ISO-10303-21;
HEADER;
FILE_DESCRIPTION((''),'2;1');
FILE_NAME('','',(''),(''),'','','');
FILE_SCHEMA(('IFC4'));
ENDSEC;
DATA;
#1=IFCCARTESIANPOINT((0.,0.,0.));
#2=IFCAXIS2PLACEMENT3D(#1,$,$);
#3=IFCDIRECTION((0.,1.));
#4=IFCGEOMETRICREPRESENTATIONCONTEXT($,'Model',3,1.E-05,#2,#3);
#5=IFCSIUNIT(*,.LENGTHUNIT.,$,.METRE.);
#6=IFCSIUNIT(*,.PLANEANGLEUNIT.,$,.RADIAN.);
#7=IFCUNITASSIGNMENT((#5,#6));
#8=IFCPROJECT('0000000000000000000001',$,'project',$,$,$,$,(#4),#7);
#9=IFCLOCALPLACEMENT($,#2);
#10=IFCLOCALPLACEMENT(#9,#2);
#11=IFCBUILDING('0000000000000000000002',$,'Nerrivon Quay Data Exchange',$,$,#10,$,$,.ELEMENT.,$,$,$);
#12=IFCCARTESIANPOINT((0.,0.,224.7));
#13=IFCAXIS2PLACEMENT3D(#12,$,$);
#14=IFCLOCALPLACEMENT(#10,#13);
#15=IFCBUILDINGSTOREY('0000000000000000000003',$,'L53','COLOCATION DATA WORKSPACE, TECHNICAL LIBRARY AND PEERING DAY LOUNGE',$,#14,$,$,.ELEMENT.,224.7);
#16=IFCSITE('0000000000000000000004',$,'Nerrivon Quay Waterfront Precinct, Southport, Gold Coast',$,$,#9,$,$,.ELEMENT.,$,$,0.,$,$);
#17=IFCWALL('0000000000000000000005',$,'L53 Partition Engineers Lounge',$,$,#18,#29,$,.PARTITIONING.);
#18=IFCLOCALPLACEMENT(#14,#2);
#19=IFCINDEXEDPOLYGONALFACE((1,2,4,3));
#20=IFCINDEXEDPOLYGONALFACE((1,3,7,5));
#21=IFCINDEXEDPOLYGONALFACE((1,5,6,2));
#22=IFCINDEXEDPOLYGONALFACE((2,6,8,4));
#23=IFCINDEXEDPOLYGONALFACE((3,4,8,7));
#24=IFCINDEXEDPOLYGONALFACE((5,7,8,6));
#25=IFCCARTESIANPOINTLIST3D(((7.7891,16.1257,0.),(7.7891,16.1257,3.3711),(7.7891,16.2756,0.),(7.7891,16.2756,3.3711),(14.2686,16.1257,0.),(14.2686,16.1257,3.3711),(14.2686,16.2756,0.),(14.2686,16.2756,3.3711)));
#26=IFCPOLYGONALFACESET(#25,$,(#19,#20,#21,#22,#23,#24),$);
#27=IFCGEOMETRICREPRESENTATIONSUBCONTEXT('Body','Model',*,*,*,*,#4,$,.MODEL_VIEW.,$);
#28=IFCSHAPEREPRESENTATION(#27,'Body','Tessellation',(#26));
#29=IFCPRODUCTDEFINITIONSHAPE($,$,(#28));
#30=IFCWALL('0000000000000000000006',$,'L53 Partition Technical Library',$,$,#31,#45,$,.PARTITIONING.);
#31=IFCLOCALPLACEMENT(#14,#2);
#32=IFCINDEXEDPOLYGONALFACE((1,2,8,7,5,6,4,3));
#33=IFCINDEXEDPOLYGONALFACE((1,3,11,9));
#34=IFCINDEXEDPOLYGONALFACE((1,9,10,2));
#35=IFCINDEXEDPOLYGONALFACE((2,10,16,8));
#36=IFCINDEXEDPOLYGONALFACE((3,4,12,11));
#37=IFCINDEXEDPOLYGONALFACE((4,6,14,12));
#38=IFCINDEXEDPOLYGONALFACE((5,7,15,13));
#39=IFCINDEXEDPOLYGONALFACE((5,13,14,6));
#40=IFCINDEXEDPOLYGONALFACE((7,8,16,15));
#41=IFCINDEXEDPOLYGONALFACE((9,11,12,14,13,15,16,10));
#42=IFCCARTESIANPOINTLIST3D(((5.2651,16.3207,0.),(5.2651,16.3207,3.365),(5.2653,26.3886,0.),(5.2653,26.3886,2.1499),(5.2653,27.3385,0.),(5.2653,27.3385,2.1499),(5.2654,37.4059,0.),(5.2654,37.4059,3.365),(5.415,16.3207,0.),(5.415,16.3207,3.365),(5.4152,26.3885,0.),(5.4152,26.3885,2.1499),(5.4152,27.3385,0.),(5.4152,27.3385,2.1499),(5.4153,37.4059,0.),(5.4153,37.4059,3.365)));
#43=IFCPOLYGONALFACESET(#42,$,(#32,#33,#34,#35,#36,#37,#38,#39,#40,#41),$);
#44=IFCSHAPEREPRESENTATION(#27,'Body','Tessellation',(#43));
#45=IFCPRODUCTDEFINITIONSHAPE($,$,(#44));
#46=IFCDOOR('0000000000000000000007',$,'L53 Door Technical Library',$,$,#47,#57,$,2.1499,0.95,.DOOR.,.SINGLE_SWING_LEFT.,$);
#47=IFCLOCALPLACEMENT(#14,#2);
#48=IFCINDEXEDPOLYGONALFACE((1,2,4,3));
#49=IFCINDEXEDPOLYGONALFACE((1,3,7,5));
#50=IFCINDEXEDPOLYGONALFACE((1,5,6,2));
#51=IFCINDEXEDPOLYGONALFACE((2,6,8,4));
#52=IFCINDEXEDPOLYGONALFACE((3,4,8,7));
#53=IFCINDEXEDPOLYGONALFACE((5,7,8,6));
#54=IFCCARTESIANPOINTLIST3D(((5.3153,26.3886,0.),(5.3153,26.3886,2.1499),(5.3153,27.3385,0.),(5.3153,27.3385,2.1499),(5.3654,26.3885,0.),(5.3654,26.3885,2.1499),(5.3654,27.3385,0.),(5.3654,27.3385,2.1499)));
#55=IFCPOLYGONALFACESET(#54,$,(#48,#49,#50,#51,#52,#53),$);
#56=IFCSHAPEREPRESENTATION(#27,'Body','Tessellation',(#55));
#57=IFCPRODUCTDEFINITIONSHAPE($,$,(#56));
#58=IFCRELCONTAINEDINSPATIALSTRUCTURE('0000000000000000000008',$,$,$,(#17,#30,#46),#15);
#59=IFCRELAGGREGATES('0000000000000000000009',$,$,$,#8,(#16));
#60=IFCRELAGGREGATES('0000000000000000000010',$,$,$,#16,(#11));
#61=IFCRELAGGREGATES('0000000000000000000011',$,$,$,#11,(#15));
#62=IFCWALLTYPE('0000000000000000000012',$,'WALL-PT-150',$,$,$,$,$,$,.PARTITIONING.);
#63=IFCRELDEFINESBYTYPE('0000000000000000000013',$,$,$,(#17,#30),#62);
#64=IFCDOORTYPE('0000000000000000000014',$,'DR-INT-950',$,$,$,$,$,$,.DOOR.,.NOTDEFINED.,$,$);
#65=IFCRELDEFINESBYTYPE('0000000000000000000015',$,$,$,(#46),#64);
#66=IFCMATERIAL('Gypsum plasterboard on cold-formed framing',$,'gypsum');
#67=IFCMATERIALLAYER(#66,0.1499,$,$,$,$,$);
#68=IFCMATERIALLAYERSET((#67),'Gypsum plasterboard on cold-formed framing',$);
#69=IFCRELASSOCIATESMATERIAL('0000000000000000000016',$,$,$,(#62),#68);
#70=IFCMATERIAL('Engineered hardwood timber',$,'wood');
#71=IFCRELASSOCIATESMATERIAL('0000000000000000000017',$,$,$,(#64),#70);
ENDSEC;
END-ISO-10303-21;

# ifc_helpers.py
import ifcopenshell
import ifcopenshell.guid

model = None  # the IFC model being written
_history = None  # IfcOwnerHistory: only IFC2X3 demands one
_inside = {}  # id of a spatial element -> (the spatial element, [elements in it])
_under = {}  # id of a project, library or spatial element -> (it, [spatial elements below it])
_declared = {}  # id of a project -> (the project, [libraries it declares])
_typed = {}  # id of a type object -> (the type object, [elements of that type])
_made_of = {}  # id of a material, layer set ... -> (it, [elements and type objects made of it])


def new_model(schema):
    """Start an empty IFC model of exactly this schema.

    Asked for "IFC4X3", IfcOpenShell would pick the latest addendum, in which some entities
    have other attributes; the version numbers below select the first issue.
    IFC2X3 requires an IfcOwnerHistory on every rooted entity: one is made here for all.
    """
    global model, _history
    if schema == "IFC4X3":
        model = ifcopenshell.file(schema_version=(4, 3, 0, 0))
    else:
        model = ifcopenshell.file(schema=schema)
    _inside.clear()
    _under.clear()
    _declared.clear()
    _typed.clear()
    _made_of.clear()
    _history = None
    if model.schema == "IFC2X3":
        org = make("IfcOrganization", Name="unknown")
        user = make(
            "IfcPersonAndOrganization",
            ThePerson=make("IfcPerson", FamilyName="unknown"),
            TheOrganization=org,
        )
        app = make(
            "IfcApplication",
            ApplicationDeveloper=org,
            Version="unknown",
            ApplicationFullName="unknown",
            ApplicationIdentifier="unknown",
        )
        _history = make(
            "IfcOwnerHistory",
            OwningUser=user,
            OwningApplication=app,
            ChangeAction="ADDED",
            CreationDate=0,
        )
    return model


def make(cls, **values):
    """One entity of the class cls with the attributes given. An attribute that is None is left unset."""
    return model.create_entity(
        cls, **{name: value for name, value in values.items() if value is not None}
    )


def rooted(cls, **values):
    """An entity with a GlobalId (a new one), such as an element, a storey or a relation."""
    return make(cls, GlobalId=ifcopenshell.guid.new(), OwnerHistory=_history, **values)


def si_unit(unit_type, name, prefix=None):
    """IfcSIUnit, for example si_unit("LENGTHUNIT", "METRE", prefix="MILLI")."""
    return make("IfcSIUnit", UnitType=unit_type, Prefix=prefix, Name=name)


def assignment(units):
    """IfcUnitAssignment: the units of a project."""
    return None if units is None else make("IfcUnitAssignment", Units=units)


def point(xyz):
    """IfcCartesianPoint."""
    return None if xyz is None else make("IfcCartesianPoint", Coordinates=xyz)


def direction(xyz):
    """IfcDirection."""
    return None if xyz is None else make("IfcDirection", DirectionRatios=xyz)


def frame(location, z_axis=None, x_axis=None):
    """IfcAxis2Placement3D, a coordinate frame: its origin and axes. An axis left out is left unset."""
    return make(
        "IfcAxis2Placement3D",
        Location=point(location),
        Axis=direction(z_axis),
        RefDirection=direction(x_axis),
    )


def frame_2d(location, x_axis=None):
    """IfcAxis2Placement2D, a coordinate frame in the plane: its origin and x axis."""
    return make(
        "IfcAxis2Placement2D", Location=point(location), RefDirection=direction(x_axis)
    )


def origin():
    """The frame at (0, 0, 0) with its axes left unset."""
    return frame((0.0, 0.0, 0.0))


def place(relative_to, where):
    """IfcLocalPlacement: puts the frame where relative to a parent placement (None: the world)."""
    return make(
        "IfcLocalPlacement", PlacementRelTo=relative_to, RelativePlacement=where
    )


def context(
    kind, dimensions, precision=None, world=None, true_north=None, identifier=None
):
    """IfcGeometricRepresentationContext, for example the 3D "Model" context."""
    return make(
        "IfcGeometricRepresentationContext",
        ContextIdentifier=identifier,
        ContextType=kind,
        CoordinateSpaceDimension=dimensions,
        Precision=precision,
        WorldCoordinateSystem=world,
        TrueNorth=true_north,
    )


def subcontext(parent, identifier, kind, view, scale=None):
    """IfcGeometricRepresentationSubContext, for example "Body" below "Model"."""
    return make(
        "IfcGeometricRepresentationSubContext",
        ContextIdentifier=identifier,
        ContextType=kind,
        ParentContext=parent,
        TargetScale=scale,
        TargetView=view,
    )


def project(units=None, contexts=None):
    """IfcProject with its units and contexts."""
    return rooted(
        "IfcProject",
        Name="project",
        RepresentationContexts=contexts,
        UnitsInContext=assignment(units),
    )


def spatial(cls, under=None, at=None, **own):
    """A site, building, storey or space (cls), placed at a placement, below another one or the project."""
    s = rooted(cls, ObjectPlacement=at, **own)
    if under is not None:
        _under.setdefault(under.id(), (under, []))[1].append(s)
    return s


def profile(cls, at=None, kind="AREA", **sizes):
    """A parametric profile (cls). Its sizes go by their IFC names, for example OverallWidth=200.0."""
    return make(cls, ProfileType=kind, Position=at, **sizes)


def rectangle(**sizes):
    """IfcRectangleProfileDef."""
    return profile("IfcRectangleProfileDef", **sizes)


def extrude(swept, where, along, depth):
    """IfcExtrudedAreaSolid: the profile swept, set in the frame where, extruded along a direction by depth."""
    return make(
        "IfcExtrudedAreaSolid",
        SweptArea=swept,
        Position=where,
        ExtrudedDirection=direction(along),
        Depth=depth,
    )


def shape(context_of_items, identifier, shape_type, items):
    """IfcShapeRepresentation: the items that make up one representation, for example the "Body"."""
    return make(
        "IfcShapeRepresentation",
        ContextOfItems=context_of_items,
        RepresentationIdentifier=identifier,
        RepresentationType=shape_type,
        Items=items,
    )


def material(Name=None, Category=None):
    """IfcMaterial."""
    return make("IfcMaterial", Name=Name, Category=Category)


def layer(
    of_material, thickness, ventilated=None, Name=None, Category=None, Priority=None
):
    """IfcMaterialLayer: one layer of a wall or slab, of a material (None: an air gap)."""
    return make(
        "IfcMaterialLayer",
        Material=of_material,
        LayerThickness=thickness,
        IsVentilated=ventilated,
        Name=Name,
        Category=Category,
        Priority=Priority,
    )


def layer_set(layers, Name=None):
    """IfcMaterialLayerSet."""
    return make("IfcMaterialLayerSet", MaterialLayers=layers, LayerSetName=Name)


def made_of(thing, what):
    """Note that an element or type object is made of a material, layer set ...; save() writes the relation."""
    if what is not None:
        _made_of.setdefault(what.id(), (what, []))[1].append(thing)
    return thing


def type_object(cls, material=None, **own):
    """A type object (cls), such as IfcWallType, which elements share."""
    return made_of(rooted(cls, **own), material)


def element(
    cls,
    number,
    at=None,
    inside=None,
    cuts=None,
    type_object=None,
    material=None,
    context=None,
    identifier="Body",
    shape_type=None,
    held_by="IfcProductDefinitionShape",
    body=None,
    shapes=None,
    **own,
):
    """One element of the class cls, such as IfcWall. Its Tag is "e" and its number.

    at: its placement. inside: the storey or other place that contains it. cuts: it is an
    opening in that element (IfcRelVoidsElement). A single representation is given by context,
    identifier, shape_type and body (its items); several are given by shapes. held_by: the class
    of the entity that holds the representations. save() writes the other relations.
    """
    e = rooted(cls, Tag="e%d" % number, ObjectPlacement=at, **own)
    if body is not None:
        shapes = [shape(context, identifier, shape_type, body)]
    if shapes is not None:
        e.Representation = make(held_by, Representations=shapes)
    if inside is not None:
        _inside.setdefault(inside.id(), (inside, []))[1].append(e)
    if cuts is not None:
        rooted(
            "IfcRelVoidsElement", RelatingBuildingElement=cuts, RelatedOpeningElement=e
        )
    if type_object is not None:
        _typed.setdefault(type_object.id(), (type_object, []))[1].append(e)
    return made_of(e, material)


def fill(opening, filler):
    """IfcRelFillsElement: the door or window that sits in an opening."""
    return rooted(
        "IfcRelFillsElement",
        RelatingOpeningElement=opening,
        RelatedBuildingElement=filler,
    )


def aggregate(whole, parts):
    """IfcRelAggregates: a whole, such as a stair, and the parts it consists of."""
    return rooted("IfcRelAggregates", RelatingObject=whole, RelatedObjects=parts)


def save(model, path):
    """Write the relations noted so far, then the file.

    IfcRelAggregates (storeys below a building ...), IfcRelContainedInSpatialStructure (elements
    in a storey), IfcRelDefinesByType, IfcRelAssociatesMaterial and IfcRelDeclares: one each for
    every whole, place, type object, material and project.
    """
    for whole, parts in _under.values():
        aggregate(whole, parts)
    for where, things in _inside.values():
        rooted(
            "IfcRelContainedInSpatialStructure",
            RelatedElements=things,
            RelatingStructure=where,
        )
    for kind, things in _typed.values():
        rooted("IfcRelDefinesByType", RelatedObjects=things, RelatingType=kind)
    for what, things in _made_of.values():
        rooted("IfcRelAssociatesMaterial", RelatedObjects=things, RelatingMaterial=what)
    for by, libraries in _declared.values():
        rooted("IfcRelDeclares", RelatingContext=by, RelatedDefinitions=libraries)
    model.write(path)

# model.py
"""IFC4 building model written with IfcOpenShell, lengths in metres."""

from ifc_helpers import new_model, si_unit, direction, frame, frame_2d, origin, place, context, subcontext, project, spatial, rectangle, extrude, material, layer, layer_set, type_object, element, fill, save


model = new_model("IFC4")

# Units and contexts
model_context = context("Model", 3, precision=1e-05, world=origin(), true_north=direction((0.0, 1.0)))
body_context = subcontext(model_context, "Body", "Model", "MODEL_VIEW")
ifc_project = project(units=[si_unit("LENGTHUNIT", "METRE"), si_unit("PLANEANGLEUNIT", "RADIAN")], contexts=[model_context])

# Site, building, storey
site_placement = place(None, origin())
site = spatial("IfcSite", under=ifc_project, at=site_placement, Name="Nerrivon Quay Waterfront Precinct, Southport, Gold Coast", CompositionType="ELEMENT", RefElevation=0.0)
building_placement = place(site_placement, origin())
building = spatial("IfcBuilding", under=site, at=building_placement, Name="Nerrivon Quay Data Exchange", CompositionType="ELEMENT")
storey_placement = place(building_placement, frame((0.0, 0.0, 224.7)))
storey = spatial("IfcBuildingStorey", under=building, at=storey_placement, Name="L53", Description="COLOCATION DATA WORKSPACE, TECHNICAL LIBRARY AND PEERING DAY LOUNGE", CompositionType="ELEMENT", Elevation=224.7)

# Shared definitions
ifc_material_1 = material(Name="Gypsum plasterboard on cold-formed framing", Category="gypsum")

# Shared definitions
ifc_material_2 = material(Name="Engineered hardwood timber", Category="wood")

# Shared definitions
ifc_layer_1 = layer(ifc_material_1, 0.1499)
ifc_layer_set_1 = layer_set([ifc_layer_1], Name="Gypsum plasterboard on cold-formed framing")
wall_type_1 = type_object("IfcWallType", Name="WALL-PT-150", PredefinedType="PARTITIONING", material=ifc_layer_set_1)
door_type_1 = type_object("IfcDoorType", Name="DR-INT-950", OperationType="NOTDEFINED", PredefinedType="DOOR", material=ifc_material_2)

# Wall
wall_1_placement = place(storey_placement, frame((14.2686, 16.2007, 0.0), z_axis=(0.0, 0.0, 1.0), x_axis=(-1.0, 0.0, 0.0)))
element("IfcWall", 1, at=wall_1_placement, inside=storey, type_object=wall_type_1, Name="L53 Partition Engineers Lounge", PredefinedType="PARTITIONING", context=body_context, shape_type="SweptSolid", body=[
    extrude(rectangle(XDim=6.4795, YDim=0.1499, at=frame_2d((3.2397, 0.0))), origin(), (0.0, 0.0, 1.0), 3.3711),
])

# Wall, opening, door
wall_2_placement = place(storey_placement, frame((5.3401, 16.3208, 0.0), z_axis=(0.0, 0.0, 1.0), x_axis=(0.000012, 1.0, 0.0)))
wall_2 = element("IfcWall", 2, at=wall_2_placement, inside=storey, type_object=wall_type_1, Name="L53 Partition Technical Library", PredefinedType="PARTITIONING", context=body_context, shape_type="SweptSolid", body=[
    extrude(rectangle(XDim=21.0852, YDim=0.1499, at=frame_2d((10.5425, 0.0))), origin(), (0.0, 0.0, 1.0), 3.365),
])
opening_1_placement = place(wall_2_placement, frame((10.0676, 0.0, 0.0)))
opening_1 = element("IfcOpeningElement", 3, at=opening_1_placement, cuts=wall_2, PredefinedType="OPENING", context=body_context, shape_type="SweptSolid", body=[
    extrude(rectangle(XDim=0.95, YDim=2.1499, at=frame_2d((0.4751, 1.075))), frame((0.0, 0.085, 0.0), z_axis=(0.0, -1.0, 0.0), x_axis=(1.0, 0.0, 0.0)), (0.0, 0.0, 1.0), 0.1699),
])
door_1_placement = place(opening_1_placement, origin())
door_1 = element("IfcDoor", 4, at=door_1_placement, inside=storey, type_object=door_type_1, Name="L53 Door Technical Library", OperationType="SINGLE_SWING_LEFT", OverallHeight=2.1499, OverallWidth=0.95, PredefinedType="DOOR", context=body_context, shape_type="SweptSolid", body=[
    extrude(rectangle(XDim=0.95, YDim=2.1499, at=frame_2d((0.4751, 1.075))), frame((0.0, 0.0249, 0.0), z_axis=(0.0, -1.0, 0.0), x_axis=(1.0, 0.0, 0.0)), (0.0, 0.0, 1.0), 0.05),
])
fill(opening_1, door_1)

save(model, "model.ifc")
